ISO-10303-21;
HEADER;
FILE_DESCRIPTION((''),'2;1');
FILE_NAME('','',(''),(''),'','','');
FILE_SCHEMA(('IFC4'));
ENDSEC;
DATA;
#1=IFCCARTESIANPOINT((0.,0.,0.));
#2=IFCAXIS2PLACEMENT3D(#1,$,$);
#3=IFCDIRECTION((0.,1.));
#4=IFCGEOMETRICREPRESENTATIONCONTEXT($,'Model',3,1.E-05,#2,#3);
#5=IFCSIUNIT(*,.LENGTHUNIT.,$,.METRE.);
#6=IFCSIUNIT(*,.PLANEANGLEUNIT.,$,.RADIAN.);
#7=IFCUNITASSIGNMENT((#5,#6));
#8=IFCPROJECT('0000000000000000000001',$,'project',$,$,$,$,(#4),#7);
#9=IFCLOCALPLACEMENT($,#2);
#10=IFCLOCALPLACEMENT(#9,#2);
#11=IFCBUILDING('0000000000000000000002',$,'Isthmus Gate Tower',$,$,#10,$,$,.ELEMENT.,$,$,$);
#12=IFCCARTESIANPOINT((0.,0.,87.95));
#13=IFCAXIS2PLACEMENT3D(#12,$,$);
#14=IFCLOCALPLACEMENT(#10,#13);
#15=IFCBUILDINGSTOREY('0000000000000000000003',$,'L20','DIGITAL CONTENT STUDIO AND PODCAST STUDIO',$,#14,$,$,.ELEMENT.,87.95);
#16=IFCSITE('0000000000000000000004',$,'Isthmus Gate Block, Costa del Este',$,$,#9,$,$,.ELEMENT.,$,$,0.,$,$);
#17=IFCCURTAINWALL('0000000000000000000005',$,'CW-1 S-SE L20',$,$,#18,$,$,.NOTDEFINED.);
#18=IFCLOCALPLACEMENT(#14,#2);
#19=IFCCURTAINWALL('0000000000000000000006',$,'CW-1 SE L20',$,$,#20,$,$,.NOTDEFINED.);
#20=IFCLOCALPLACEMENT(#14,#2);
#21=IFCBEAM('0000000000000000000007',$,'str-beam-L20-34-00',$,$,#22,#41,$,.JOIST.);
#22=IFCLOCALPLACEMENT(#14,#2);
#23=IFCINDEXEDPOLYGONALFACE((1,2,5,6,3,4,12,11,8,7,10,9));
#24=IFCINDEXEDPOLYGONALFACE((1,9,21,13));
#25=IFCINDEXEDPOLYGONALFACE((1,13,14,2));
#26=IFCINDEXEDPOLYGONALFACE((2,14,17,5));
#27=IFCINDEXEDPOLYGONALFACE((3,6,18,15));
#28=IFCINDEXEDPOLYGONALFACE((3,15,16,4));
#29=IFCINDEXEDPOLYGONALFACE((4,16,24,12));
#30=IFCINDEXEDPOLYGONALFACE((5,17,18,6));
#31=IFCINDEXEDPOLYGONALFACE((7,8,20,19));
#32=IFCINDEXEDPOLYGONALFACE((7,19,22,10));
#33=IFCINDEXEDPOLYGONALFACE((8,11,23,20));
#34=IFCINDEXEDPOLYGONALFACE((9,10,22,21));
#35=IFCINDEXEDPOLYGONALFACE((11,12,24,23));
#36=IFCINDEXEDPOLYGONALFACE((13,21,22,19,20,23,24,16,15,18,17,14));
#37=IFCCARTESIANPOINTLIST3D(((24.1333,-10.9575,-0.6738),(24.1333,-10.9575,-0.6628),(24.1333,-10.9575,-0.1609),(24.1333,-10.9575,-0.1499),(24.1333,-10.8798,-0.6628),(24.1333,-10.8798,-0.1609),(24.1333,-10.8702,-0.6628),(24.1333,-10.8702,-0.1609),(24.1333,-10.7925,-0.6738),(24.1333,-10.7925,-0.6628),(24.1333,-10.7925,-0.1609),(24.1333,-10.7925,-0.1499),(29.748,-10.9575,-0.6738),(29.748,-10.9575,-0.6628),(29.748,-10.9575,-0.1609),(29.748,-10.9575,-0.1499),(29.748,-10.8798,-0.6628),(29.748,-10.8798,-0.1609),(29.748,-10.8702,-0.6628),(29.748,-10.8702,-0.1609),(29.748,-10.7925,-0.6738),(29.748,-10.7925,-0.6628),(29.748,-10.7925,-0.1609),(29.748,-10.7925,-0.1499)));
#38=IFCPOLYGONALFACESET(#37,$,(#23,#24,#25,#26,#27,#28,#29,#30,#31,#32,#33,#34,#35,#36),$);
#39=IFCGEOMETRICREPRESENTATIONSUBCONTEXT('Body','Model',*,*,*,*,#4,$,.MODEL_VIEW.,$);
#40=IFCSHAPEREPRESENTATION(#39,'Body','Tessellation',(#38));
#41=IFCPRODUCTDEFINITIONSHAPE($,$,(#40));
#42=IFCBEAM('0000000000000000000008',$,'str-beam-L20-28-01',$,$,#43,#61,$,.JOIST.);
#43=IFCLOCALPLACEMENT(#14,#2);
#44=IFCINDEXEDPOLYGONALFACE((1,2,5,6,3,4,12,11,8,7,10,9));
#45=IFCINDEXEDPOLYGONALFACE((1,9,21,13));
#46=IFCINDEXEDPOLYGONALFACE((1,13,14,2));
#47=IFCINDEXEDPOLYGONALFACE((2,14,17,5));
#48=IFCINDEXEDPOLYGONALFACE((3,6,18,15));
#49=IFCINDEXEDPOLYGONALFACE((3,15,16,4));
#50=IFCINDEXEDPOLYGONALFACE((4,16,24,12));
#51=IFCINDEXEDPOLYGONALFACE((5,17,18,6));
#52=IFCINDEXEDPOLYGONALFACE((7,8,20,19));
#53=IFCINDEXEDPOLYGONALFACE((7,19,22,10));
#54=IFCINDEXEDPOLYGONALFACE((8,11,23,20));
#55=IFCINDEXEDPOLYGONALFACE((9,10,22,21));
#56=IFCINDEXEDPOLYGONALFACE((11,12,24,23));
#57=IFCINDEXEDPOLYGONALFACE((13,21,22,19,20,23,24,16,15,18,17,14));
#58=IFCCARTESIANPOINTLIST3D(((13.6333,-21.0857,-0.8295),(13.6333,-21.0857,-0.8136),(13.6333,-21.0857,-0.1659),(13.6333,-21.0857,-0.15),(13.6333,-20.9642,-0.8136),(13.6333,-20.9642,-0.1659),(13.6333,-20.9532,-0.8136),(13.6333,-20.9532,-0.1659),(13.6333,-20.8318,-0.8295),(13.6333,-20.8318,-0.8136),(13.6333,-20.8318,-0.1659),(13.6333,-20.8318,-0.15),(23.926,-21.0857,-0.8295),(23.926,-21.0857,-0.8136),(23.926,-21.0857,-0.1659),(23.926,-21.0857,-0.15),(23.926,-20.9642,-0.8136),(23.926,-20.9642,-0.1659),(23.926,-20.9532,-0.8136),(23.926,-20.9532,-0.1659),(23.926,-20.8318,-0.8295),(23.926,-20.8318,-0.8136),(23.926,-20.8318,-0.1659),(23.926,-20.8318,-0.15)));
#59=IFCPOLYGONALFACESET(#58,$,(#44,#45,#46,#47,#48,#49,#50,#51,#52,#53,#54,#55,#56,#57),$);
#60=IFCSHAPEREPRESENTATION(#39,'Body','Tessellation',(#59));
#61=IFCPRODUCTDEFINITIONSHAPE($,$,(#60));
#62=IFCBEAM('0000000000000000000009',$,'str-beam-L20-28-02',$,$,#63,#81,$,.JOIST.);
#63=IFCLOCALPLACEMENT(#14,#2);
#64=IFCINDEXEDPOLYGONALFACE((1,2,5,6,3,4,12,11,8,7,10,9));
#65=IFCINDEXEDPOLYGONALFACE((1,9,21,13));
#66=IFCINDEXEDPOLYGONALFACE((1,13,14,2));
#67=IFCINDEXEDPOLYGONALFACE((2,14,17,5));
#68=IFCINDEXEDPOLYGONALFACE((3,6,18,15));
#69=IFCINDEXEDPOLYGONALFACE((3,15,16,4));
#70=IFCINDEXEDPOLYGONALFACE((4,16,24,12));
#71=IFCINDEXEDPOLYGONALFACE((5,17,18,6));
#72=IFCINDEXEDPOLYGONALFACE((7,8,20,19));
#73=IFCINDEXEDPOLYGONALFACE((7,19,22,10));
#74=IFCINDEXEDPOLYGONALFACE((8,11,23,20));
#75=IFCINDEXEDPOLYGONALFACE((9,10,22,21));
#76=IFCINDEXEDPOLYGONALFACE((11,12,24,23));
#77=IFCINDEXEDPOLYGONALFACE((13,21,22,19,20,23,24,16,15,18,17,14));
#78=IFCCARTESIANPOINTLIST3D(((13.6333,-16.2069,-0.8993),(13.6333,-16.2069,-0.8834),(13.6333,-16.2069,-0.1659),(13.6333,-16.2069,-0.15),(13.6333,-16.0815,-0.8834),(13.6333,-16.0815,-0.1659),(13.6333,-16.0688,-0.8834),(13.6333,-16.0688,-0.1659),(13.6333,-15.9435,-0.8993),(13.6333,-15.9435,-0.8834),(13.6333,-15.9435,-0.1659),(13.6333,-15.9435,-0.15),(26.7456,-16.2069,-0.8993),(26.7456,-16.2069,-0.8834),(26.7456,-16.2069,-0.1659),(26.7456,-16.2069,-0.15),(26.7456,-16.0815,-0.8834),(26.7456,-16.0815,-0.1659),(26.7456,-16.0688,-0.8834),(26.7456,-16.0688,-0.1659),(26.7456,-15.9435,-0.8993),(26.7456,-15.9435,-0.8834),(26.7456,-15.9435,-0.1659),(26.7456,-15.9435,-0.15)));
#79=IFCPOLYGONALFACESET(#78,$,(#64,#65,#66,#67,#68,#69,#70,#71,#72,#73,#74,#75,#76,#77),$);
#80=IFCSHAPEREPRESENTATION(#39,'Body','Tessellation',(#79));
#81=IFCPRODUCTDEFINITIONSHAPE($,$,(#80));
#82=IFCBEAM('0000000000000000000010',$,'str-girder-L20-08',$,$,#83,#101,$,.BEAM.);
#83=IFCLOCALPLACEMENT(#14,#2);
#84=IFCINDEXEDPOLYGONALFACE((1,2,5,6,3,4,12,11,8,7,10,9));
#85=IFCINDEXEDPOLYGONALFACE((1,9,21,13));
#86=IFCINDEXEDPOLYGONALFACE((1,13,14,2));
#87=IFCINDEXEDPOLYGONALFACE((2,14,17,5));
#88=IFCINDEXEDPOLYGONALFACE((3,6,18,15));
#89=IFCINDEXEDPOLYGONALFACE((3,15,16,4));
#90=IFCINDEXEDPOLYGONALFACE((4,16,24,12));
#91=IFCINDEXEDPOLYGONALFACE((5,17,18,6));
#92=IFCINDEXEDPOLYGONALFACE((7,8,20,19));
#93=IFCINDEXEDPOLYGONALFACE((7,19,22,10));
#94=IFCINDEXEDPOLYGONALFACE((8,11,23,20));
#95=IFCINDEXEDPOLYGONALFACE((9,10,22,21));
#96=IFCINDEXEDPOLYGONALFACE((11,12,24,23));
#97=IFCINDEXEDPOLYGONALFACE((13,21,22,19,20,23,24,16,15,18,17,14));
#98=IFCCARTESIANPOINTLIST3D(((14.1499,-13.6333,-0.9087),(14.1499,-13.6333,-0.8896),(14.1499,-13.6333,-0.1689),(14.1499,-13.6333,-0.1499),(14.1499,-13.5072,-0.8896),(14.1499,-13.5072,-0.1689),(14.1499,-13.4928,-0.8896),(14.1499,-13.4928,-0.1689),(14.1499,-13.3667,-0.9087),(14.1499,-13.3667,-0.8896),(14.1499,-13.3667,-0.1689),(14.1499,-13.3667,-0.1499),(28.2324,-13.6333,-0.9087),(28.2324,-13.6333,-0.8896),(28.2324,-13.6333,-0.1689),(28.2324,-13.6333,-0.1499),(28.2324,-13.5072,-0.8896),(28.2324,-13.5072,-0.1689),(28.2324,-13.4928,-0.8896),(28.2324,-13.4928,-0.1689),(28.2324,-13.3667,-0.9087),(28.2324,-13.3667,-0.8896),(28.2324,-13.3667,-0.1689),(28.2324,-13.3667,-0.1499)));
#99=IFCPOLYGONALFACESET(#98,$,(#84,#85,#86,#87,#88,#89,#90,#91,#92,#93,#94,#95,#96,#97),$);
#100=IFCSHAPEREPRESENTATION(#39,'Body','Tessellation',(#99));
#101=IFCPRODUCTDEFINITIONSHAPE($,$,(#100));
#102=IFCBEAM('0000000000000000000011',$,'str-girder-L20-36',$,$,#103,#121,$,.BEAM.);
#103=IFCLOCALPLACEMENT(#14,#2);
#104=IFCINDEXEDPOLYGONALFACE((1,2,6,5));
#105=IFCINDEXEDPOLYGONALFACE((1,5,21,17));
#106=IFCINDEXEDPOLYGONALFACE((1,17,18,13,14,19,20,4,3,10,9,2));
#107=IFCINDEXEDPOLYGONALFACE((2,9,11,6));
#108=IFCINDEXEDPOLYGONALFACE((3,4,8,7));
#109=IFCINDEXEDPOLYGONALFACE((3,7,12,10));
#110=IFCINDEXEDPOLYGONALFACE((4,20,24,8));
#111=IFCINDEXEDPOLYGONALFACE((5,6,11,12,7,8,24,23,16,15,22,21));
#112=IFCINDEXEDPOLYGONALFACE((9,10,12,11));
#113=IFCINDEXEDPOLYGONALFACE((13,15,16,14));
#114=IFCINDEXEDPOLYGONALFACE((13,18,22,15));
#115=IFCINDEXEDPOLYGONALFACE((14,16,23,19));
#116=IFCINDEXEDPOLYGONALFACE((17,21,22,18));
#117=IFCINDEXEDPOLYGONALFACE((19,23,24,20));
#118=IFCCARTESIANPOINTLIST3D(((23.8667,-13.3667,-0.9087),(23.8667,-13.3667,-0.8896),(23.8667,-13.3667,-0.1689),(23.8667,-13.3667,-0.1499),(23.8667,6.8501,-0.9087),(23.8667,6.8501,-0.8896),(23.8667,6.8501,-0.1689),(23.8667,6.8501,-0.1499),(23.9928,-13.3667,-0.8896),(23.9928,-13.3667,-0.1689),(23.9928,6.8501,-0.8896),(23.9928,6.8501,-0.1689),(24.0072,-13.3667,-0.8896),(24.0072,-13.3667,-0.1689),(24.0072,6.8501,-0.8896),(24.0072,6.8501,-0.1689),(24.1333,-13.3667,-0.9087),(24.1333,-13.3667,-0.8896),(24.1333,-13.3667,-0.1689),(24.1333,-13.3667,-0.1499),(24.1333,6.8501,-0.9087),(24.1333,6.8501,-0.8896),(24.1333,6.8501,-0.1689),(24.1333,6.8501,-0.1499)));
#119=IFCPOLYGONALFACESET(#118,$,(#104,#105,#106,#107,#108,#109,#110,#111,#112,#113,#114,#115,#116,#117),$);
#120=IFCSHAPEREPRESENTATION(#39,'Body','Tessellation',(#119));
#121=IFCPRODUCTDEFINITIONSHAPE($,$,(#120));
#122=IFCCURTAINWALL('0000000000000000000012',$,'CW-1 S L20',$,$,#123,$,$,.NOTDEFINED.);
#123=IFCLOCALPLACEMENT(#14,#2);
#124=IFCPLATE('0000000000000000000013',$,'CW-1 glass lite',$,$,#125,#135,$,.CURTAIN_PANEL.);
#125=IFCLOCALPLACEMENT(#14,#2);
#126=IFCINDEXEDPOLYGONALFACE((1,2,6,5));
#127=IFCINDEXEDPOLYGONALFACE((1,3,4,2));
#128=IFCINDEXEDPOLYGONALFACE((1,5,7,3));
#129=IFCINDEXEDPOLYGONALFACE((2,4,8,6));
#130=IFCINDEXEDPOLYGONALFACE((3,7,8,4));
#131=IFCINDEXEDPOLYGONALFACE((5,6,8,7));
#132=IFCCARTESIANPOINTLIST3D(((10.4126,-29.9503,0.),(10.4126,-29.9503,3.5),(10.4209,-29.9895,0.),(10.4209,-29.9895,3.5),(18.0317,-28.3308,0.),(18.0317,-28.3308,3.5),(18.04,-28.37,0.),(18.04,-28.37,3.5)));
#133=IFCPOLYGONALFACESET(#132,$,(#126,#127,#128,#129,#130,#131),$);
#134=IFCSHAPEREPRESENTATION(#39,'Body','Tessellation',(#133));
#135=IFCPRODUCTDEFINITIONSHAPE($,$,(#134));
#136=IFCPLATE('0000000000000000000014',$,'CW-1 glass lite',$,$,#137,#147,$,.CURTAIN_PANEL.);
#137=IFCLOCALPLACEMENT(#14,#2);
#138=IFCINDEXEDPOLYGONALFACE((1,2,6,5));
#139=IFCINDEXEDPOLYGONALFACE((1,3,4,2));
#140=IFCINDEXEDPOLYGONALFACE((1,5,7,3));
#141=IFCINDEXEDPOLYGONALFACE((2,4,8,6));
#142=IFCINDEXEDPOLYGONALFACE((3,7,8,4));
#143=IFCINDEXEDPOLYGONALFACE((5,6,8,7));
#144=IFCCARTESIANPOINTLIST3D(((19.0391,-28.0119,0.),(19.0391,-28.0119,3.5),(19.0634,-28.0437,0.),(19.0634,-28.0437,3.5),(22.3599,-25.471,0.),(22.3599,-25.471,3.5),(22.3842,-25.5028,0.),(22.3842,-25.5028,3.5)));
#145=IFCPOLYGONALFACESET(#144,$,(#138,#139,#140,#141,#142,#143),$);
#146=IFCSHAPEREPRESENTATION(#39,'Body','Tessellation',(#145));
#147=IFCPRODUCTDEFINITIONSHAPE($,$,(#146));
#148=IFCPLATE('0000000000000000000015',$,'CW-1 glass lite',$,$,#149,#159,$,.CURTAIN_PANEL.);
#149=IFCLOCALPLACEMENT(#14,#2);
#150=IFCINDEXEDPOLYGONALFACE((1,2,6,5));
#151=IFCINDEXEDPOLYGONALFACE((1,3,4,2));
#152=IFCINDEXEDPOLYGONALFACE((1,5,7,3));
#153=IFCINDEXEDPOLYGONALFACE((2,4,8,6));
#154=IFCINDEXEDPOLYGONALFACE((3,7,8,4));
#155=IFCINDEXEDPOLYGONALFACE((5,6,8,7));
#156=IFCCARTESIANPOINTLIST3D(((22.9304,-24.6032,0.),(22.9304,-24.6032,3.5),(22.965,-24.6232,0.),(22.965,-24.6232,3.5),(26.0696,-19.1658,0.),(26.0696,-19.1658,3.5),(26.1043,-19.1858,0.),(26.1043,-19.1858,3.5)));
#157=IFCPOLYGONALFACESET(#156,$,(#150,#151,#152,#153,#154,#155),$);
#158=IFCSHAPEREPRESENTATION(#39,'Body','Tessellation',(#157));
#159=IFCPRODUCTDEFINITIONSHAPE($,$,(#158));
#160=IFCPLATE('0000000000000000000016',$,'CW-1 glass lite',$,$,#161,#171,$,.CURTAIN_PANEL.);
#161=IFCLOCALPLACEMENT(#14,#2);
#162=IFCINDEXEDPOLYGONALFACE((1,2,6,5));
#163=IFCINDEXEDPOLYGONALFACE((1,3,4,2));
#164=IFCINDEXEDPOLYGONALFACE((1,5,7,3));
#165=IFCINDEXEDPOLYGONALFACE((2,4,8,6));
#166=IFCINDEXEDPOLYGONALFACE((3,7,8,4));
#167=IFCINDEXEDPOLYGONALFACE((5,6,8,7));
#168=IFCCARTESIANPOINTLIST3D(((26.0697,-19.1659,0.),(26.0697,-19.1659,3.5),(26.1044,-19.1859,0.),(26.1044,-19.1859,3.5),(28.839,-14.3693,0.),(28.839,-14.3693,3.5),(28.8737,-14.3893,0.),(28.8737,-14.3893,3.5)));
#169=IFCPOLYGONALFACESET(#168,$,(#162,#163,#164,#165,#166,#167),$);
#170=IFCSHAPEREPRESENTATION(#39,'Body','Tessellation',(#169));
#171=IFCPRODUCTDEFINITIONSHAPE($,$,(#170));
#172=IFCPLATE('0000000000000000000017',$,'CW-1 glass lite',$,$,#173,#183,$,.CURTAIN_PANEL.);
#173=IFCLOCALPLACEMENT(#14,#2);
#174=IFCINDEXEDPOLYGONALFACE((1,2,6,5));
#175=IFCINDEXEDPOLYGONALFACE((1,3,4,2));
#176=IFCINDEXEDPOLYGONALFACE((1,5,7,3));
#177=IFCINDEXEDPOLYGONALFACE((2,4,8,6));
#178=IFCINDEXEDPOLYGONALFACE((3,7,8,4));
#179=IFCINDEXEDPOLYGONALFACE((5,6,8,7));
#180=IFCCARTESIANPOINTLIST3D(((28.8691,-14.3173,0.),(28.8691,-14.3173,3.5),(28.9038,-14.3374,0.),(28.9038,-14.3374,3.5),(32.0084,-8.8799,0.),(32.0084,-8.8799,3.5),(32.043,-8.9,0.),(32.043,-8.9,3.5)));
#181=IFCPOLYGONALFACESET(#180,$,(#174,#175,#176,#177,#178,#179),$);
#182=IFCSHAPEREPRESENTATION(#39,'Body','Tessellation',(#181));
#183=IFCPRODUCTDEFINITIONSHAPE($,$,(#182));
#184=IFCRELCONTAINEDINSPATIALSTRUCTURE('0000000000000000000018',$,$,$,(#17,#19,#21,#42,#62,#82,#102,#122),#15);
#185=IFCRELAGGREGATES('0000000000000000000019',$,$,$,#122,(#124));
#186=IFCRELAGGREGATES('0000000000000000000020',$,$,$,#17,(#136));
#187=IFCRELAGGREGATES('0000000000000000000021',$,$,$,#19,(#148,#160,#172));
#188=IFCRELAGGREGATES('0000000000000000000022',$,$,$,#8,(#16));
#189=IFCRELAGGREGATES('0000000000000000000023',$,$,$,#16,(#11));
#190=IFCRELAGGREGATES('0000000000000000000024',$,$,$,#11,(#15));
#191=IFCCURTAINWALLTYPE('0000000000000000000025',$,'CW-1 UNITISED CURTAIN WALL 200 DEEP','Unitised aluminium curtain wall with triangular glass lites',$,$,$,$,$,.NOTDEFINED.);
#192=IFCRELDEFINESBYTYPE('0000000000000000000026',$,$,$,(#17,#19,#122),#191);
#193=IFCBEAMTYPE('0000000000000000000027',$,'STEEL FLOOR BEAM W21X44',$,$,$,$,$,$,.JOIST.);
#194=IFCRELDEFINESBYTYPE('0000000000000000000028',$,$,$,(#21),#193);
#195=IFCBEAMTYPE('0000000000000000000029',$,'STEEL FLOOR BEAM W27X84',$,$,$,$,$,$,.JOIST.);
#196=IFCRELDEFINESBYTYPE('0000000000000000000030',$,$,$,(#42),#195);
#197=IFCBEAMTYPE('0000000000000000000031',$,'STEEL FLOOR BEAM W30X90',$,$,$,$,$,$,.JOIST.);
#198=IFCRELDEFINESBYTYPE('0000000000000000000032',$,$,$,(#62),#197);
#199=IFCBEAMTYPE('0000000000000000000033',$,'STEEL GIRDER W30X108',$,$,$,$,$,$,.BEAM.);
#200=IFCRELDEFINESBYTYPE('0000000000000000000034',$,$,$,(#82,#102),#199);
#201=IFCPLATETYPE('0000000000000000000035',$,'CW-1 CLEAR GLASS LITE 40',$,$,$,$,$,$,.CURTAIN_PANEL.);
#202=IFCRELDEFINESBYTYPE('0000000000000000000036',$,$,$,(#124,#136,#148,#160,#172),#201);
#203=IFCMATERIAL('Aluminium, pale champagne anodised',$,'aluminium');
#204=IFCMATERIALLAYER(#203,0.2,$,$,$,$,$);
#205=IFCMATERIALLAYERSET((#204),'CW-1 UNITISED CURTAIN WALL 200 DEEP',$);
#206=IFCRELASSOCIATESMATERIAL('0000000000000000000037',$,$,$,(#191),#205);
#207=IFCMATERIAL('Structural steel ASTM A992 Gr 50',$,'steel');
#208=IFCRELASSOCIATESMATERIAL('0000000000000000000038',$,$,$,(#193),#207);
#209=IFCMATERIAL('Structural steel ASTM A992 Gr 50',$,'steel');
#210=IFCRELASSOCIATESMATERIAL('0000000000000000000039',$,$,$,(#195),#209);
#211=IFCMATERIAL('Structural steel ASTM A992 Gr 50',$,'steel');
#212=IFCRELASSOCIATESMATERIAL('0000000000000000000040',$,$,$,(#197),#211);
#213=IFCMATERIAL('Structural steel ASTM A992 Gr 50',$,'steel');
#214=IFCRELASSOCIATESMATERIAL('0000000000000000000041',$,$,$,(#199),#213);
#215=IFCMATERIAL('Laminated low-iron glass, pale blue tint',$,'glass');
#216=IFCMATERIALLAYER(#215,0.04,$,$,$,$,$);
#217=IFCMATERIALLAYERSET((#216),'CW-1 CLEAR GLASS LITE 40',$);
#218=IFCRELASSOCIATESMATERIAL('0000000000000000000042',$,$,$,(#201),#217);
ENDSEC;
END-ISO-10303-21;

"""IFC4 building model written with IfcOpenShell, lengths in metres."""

from ifc_helpers import new_model, si_unit, direction, frame, origin, origin_2d, place, context, subcontext, project, spatial, rectangle, i_section, extrude, material, layer, layer_set, material_profile, profile_set, type_object, element, aggregate, save


model = new_model("IFC4")

# Units and contexts
model_context = context("Model", 3, precision=1e-05, world=origin(), true_north=direction((0.0, 1.0)))
body_context = subcontext(model_context, "Body", "Model", "MODEL_VIEW")
ifc_project = project(units=[si_unit("LENGTHUNIT", "METRE"), si_unit("PLANEANGLEUNIT", "RADIAN")], contexts=[model_context])

# Site, building, storey
site_placement = place(None, origin())
site = spatial("IfcSite", under=ifc_project, at=site_placement, Name="Isthmus Gate Block, Costa del Este", CompositionType="ELEMENT", RefElevation=0.0)
building_placement = place(site_placement, origin())
building = spatial("IfcBuilding", under=site, at=building_placement, Name="Isthmus Gate Tower", CompositionType="ELEMENT")
storey_placement = place(building_placement, frame((0.0, 0.0, 87.95)))
storey = spatial("IfcBuildingStorey", under=building, at=storey_placement, Name="L20", Description="DIGITAL CONTENT STUDIO AND PODCAST STUDIO", CompositionType="ELEMENT", Elevation=87.95)

# Curtain wall
ifc_material_1 = material(Name="Aluminium, pale champagne anodised", Category="aluminium")
ifc_layer_1 = layer(ifc_material_1, 0.2)
ifc_layer_set_1 = layer_set([ifc_layer_1], Name="CW-1 UNITISED CURTAIN WALL 200 DEEP")
curtain_wall_type = type_object("IfcCurtainWallType", Name="CW-1 UNITISED CURTAIN WALL 200 DEEP", Description="Unitised aluminium curtain wall with triangular glass lites", PredefinedType="NOTDEFINED", material=ifc_layer_set_1)
curtain_wall_1_placement = place(storey_placement, origin())
curtain_wall_1 = element("IfcCurtainWall", 1, at=curtain_wall_1_placement, inside=storey, type_object=curtain_wall_type, Name="CW-1 S-SE L20", PredefinedType="NOTDEFINED")

# Curtain wall
curtain_wall_2_placement = place(storey_placement, origin())
curtain_wall_2 = element("IfcCurtainWall", 2, at=curtain_wall_2_placement, inside=storey, type_object=curtain_wall_type, Name="CW-1 SE L20", PredefinedType="NOTDEFINED")

# Beams
ifc_material_2 = material(Name="Structural steel ASTM A992 Gr 50", Category="steel")
ifc_material_profile_1 = material_profile(ifc_material_2, i_section(OverallWidth=0.165, OverallDepth=0.5239, WebThickness=0.0095, FlangeThickness=0.011, at=origin_2d()), Name="W21X44")
ifc_profile_set_1 = profile_set([ifc_material_profile_1], Name="Structural steel ASTM A992 Gr 50")
beam_type_1 = type_object("IfcBeamType", Name="STEEL FLOOR BEAM W21X44", PredefinedType="JOIST", material=ifc_profile_set_1)
beam_1_placement = place(storey_placement, frame((24.1333, -10.875, -0.4119), z_axis=(1.0, 0.0, 0.0), x_axis=(0.0, 1.0, 0.0)))
element("IfcBeam", 3, at=beam_1_placement, inside=storey, type_object=beam_type_1, Name="str-beam-L20-34-00", PredefinedType="JOIST", context=body_context, shape_type="SweptSolid", body=[
    extrude(i_section(OverallWidth=0.165, OverallDepth=0.5239, WebThickness=0.0095, FlangeThickness=0.011, at=origin_2d()), origin(), (0.0, 0.0, 1.0), 5.6147),
])
ifc_material_3 = material(Name="Structural steel ASTM A992 Gr 50", Category="steel")
ifc_material_profile_2 = material_profile(ifc_material_3, i_section(OverallWidth=0.2539, OverallDepth=0.6794, WebThickness=0.011, FlangeThickness=0.0159, at=origin_2d()), Name="W27X84")
ifc_profile_set_2 = profile_set([ifc_material_profile_2], Name="Structural steel ASTM A992 Gr 50")
beam_type_2 = type_object("IfcBeamType", Name="STEEL FLOOR BEAM W27X84", PredefinedType="JOIST", material=ifc_profile_set_2)
beam_2_placement = place(storey_placement, frame((13.6333, -20.9587, -0.4897), z_axis=(1.0, 0.0, 0.0), x_axis=(0.0, 1.0, 0.0)))
element("IfcBeam", 4, at=beam_2_placement, inside=storey, type_object=beam_type_2, Name="str-beam-L20-28-01", PredefinedType="JOIST", context=body_context, shape_type="SweptSolid", body=[
    extrude(i_section(OverallWidth=0.2539, OverallDepth=0.6794, WebThickness=0.011, FlangeThickness=0.0159, at=origin_2d()), origin(), (0.0, 0.0, 1.0), 10.2927),
])
ifc_material_4 = material(Name="Structural steel ASTM A992 Gr 50", Category="steel")
ifc_material_profile_3 = material_profile(ifc_material_4, i_section(OverallWidth=0.2634, OverallDepth=0.7493, WebThickness=0.0127, FlangeThickness=0.0159, at=origin_2d()), Name="W30X90")
ifc_profile_set_3 = profile_set([ifc_material_profile_3], Name="Structural steel ASTM A992 Gr 50")
beam_type_3 = type_object("IfcBeamType", Name="STEEL FLOOR BEAM W30X90", PredefinedType="JOIST", material=ifc_profile_set_3)
beam_3_placement = place(storey_placement, frame((13.6333, -16.0752, -0.5247), z_axis=(1.0, 0.0, 0.0), x_axis=(0.0, 1.0, 0.0)))
element("IfcBeam", 5, at=beam_3_placement, inside=storey, type_object=beam_type_3, Name="str-beam-L20-28-02", PredefinedType="JOIST", context=body_context, shape_type="SweptSolid", body=[
    extrude(i_section(OverallWidth=0.2634, OverallDepth=0.7493, WebThickness=0.0127, FlangeThickness=0.0159, at=origin_2d()), origin(), (0.0, 0.0, 1.0), 13.1123),
])
ifc_material_5 = material(Name="Structural steel ASTM A992 Gr 50", Category="steel")
ifc_material_profile_4 = material_profile(ifc_material_5, i_section(OverallWidth=0.2666, OverallDepth=0.7588, WebThickness=0.0144, FlangeThickness=0.019, at=origin_2d()), Name="W30X108")
ifc_profile_set_4 = profile_set([ifc_material_profile_4], Name="Structural steel ASTM A992 Gr 50")
beam_type_4 = type_object("IfcBeamType", Name="STEEL GIRDER W30X108", PredefinedType="BEAM", material=ifc_profile_set_4)
beam_4_placement = place(storey_placement, frame((14.1499, -13.5, -0.5293), z_axis=(1.0, 0.0, 0.0), x_axis=(0.0, 1.0, 0.0)))
element("IfcBeam", 6, at=beam_4_placement, inside=storey, type_object=beam_type_4, Name="str-girder-L20-08", PredefinedType="BEAM", context=body_context, shape_type="SweptSolid", body=[
    extrude(i_section(OverallWidth=0.2666, OverallDepth=0.7588, WebThickness=0.0144, FlangeThickness=0.019, at=origin_2d()), origin(), (0.0, 0.0, 1.0), 14.0825),
])
beam_5_placement = place(storey_placement, frame((24.0, -13.3667, -0.5293), z_axis=(0.0, 1.0, 0.0), x_axis=(-1.0, 0.0, 0.0)))
element("IfcBeam", 7, at=beam_5_placement, inside=storey, type_object=beam_type_4, Name="str-girder-L20-36", PredefinedType="BEAM", context=body_context, shape_type="SweptSolid", body=[
    extrude(i_section(OverallWidth=0.2666, OverallDepth=0.7588, WebThickness=0.0144, FlangeThickness=0.019, at=origin_2d()), origin(), (0.0, 0.0, 1.0), 20.2168),
])

# Curtain wall, plate
curtain_wall_3_placement = place(storey_placement, origin())
curtain_wall_3 = element("IfcCurtainWall", 8, at=curtain_wall_3_placement, inside=storey, type_object=curtain_wall_type, Name="CW-1 S L20", PredefinedType="NOTDEFINED")
ifc_material_6 = material(Name="Laminated low-iron glass, pale blue tint", Category="glass")
ifc_layer_2 = layer(ifc_material_6, 0.04)
ifc_layer_set_2 = layer_set([ifc_layer_2], Name="CW-1 CLEAR GLASS LITE 40")
plate_type = type_object("IfcPlateType", Name="CW-1 CLEAR GLASS LITE 40", PredefinedType="CURTAIN_PANEL", material=ifc_layer_set_2)
plate_1_placement = place(storey_placement, frame((14.2263, -29.1602, 0.0), z_axis=(0.0, 0.0, 1.0), x_axis=(0.978148, 0.207912, 0.0)))
plate_1 = element("IfcPlate", 9, at=plate_1_placement, type_object=plate_type, Name="CW-1 glass lite", PredefinedType="CURTAIN_PANEL", context=body_context, shape_type="SweptSolid", body=[
    extrude(rectangle(XDim=7.7893, YDim=0.04, at=origin_2d()), origin(), (0.0, 0.0, 1.0), 3.5),
])
aggregate(curtain_wall_3, [plate_1])

# Plates
plate_2_placement = place(storey_placement, frame((20.7117, -26.7573, 0.0), z_axis=(0.0, 0.0, 1.0), x_axis=(0.794189, 0.607671, 0.0)))
plate_2 = element("IfcPlate", 10, at=plate_2_placement, type_object=plate_type, Name="CW-1 glass lite", PredefinedType="CURTAIN_PANEL", context=body_context, shape_type="SweptSolid", body=[
    extrude(rectangle(XDim=4.1814, YDim=0.04, at=origin_2d()), origin(), (0.0, 0.0, 1.0), 3.5),
])
aggregate(curtain_wall_1, [plate_2])
plate_3_placement = place(storey_placement, frame((24.5173, -21.8945, 0.0), z_axis=(0.0, 0.0, 1.0), x_axis=(0.5, 0.866025, 0.0)))
plate_3 = element("IfcPlate", 11, at=plate_3_placement, type_object=plate_type, Name="CW-1 glass lite", PredefinedType="CURTAIN_PANEL", context=body_context, shape_type="SweptSolid", body=[
    extrude(rectangle(XDim=6.2786, YDim=0.04, at=origin_2d()), origin(), (0.0, 0.0, 1.0), 3.5),
])
plate_4_placement = place(storey_placement, frame((27.4717, -16.7776, 0.0), z_axis=(0.0, 0.0, 1.0), x_axis=(0.5, 0.866025, 0.0)))
plate_4 = element("IfcPlate", 12, at=plate_4_placement, type_object=plate_type, Name="CW-1 glass lite", PredefinedType="CURTAIN_PANEL", context=body_context, shape_type="SweptSolid", body=[
    extrude(rectangle(XDim=5.5386, YDim=0.04, at=origin_2d()), origin(), (0.0, 0.0, 1.0), 3.5),
])
plate_5_placement = place(storey_placement, frame((30.4561, -11.6086, 0.0), z_axis=(0.0, 0.0, 1.0), x_axis=(0.5, 0.866025, 0.0)))
plate_5 = element("IfcPlate", 13, at=plate_5_placement, type_object=plate_type, Name="CW-1 glass lite", PredefinedType="CURTAIN_PANEL", context=body_context, shape_type="SweptSolid", body=[
    extrude(rectangle(XDim=6.2786, YDim=0.04, at=origin_2d()), origin(), (0.0, 0.0, 1.0), 3.5),
])
aggregate(curtain_wall_2, [plate_3, plate_4, plate_5])

save(model, "model.ifc")
